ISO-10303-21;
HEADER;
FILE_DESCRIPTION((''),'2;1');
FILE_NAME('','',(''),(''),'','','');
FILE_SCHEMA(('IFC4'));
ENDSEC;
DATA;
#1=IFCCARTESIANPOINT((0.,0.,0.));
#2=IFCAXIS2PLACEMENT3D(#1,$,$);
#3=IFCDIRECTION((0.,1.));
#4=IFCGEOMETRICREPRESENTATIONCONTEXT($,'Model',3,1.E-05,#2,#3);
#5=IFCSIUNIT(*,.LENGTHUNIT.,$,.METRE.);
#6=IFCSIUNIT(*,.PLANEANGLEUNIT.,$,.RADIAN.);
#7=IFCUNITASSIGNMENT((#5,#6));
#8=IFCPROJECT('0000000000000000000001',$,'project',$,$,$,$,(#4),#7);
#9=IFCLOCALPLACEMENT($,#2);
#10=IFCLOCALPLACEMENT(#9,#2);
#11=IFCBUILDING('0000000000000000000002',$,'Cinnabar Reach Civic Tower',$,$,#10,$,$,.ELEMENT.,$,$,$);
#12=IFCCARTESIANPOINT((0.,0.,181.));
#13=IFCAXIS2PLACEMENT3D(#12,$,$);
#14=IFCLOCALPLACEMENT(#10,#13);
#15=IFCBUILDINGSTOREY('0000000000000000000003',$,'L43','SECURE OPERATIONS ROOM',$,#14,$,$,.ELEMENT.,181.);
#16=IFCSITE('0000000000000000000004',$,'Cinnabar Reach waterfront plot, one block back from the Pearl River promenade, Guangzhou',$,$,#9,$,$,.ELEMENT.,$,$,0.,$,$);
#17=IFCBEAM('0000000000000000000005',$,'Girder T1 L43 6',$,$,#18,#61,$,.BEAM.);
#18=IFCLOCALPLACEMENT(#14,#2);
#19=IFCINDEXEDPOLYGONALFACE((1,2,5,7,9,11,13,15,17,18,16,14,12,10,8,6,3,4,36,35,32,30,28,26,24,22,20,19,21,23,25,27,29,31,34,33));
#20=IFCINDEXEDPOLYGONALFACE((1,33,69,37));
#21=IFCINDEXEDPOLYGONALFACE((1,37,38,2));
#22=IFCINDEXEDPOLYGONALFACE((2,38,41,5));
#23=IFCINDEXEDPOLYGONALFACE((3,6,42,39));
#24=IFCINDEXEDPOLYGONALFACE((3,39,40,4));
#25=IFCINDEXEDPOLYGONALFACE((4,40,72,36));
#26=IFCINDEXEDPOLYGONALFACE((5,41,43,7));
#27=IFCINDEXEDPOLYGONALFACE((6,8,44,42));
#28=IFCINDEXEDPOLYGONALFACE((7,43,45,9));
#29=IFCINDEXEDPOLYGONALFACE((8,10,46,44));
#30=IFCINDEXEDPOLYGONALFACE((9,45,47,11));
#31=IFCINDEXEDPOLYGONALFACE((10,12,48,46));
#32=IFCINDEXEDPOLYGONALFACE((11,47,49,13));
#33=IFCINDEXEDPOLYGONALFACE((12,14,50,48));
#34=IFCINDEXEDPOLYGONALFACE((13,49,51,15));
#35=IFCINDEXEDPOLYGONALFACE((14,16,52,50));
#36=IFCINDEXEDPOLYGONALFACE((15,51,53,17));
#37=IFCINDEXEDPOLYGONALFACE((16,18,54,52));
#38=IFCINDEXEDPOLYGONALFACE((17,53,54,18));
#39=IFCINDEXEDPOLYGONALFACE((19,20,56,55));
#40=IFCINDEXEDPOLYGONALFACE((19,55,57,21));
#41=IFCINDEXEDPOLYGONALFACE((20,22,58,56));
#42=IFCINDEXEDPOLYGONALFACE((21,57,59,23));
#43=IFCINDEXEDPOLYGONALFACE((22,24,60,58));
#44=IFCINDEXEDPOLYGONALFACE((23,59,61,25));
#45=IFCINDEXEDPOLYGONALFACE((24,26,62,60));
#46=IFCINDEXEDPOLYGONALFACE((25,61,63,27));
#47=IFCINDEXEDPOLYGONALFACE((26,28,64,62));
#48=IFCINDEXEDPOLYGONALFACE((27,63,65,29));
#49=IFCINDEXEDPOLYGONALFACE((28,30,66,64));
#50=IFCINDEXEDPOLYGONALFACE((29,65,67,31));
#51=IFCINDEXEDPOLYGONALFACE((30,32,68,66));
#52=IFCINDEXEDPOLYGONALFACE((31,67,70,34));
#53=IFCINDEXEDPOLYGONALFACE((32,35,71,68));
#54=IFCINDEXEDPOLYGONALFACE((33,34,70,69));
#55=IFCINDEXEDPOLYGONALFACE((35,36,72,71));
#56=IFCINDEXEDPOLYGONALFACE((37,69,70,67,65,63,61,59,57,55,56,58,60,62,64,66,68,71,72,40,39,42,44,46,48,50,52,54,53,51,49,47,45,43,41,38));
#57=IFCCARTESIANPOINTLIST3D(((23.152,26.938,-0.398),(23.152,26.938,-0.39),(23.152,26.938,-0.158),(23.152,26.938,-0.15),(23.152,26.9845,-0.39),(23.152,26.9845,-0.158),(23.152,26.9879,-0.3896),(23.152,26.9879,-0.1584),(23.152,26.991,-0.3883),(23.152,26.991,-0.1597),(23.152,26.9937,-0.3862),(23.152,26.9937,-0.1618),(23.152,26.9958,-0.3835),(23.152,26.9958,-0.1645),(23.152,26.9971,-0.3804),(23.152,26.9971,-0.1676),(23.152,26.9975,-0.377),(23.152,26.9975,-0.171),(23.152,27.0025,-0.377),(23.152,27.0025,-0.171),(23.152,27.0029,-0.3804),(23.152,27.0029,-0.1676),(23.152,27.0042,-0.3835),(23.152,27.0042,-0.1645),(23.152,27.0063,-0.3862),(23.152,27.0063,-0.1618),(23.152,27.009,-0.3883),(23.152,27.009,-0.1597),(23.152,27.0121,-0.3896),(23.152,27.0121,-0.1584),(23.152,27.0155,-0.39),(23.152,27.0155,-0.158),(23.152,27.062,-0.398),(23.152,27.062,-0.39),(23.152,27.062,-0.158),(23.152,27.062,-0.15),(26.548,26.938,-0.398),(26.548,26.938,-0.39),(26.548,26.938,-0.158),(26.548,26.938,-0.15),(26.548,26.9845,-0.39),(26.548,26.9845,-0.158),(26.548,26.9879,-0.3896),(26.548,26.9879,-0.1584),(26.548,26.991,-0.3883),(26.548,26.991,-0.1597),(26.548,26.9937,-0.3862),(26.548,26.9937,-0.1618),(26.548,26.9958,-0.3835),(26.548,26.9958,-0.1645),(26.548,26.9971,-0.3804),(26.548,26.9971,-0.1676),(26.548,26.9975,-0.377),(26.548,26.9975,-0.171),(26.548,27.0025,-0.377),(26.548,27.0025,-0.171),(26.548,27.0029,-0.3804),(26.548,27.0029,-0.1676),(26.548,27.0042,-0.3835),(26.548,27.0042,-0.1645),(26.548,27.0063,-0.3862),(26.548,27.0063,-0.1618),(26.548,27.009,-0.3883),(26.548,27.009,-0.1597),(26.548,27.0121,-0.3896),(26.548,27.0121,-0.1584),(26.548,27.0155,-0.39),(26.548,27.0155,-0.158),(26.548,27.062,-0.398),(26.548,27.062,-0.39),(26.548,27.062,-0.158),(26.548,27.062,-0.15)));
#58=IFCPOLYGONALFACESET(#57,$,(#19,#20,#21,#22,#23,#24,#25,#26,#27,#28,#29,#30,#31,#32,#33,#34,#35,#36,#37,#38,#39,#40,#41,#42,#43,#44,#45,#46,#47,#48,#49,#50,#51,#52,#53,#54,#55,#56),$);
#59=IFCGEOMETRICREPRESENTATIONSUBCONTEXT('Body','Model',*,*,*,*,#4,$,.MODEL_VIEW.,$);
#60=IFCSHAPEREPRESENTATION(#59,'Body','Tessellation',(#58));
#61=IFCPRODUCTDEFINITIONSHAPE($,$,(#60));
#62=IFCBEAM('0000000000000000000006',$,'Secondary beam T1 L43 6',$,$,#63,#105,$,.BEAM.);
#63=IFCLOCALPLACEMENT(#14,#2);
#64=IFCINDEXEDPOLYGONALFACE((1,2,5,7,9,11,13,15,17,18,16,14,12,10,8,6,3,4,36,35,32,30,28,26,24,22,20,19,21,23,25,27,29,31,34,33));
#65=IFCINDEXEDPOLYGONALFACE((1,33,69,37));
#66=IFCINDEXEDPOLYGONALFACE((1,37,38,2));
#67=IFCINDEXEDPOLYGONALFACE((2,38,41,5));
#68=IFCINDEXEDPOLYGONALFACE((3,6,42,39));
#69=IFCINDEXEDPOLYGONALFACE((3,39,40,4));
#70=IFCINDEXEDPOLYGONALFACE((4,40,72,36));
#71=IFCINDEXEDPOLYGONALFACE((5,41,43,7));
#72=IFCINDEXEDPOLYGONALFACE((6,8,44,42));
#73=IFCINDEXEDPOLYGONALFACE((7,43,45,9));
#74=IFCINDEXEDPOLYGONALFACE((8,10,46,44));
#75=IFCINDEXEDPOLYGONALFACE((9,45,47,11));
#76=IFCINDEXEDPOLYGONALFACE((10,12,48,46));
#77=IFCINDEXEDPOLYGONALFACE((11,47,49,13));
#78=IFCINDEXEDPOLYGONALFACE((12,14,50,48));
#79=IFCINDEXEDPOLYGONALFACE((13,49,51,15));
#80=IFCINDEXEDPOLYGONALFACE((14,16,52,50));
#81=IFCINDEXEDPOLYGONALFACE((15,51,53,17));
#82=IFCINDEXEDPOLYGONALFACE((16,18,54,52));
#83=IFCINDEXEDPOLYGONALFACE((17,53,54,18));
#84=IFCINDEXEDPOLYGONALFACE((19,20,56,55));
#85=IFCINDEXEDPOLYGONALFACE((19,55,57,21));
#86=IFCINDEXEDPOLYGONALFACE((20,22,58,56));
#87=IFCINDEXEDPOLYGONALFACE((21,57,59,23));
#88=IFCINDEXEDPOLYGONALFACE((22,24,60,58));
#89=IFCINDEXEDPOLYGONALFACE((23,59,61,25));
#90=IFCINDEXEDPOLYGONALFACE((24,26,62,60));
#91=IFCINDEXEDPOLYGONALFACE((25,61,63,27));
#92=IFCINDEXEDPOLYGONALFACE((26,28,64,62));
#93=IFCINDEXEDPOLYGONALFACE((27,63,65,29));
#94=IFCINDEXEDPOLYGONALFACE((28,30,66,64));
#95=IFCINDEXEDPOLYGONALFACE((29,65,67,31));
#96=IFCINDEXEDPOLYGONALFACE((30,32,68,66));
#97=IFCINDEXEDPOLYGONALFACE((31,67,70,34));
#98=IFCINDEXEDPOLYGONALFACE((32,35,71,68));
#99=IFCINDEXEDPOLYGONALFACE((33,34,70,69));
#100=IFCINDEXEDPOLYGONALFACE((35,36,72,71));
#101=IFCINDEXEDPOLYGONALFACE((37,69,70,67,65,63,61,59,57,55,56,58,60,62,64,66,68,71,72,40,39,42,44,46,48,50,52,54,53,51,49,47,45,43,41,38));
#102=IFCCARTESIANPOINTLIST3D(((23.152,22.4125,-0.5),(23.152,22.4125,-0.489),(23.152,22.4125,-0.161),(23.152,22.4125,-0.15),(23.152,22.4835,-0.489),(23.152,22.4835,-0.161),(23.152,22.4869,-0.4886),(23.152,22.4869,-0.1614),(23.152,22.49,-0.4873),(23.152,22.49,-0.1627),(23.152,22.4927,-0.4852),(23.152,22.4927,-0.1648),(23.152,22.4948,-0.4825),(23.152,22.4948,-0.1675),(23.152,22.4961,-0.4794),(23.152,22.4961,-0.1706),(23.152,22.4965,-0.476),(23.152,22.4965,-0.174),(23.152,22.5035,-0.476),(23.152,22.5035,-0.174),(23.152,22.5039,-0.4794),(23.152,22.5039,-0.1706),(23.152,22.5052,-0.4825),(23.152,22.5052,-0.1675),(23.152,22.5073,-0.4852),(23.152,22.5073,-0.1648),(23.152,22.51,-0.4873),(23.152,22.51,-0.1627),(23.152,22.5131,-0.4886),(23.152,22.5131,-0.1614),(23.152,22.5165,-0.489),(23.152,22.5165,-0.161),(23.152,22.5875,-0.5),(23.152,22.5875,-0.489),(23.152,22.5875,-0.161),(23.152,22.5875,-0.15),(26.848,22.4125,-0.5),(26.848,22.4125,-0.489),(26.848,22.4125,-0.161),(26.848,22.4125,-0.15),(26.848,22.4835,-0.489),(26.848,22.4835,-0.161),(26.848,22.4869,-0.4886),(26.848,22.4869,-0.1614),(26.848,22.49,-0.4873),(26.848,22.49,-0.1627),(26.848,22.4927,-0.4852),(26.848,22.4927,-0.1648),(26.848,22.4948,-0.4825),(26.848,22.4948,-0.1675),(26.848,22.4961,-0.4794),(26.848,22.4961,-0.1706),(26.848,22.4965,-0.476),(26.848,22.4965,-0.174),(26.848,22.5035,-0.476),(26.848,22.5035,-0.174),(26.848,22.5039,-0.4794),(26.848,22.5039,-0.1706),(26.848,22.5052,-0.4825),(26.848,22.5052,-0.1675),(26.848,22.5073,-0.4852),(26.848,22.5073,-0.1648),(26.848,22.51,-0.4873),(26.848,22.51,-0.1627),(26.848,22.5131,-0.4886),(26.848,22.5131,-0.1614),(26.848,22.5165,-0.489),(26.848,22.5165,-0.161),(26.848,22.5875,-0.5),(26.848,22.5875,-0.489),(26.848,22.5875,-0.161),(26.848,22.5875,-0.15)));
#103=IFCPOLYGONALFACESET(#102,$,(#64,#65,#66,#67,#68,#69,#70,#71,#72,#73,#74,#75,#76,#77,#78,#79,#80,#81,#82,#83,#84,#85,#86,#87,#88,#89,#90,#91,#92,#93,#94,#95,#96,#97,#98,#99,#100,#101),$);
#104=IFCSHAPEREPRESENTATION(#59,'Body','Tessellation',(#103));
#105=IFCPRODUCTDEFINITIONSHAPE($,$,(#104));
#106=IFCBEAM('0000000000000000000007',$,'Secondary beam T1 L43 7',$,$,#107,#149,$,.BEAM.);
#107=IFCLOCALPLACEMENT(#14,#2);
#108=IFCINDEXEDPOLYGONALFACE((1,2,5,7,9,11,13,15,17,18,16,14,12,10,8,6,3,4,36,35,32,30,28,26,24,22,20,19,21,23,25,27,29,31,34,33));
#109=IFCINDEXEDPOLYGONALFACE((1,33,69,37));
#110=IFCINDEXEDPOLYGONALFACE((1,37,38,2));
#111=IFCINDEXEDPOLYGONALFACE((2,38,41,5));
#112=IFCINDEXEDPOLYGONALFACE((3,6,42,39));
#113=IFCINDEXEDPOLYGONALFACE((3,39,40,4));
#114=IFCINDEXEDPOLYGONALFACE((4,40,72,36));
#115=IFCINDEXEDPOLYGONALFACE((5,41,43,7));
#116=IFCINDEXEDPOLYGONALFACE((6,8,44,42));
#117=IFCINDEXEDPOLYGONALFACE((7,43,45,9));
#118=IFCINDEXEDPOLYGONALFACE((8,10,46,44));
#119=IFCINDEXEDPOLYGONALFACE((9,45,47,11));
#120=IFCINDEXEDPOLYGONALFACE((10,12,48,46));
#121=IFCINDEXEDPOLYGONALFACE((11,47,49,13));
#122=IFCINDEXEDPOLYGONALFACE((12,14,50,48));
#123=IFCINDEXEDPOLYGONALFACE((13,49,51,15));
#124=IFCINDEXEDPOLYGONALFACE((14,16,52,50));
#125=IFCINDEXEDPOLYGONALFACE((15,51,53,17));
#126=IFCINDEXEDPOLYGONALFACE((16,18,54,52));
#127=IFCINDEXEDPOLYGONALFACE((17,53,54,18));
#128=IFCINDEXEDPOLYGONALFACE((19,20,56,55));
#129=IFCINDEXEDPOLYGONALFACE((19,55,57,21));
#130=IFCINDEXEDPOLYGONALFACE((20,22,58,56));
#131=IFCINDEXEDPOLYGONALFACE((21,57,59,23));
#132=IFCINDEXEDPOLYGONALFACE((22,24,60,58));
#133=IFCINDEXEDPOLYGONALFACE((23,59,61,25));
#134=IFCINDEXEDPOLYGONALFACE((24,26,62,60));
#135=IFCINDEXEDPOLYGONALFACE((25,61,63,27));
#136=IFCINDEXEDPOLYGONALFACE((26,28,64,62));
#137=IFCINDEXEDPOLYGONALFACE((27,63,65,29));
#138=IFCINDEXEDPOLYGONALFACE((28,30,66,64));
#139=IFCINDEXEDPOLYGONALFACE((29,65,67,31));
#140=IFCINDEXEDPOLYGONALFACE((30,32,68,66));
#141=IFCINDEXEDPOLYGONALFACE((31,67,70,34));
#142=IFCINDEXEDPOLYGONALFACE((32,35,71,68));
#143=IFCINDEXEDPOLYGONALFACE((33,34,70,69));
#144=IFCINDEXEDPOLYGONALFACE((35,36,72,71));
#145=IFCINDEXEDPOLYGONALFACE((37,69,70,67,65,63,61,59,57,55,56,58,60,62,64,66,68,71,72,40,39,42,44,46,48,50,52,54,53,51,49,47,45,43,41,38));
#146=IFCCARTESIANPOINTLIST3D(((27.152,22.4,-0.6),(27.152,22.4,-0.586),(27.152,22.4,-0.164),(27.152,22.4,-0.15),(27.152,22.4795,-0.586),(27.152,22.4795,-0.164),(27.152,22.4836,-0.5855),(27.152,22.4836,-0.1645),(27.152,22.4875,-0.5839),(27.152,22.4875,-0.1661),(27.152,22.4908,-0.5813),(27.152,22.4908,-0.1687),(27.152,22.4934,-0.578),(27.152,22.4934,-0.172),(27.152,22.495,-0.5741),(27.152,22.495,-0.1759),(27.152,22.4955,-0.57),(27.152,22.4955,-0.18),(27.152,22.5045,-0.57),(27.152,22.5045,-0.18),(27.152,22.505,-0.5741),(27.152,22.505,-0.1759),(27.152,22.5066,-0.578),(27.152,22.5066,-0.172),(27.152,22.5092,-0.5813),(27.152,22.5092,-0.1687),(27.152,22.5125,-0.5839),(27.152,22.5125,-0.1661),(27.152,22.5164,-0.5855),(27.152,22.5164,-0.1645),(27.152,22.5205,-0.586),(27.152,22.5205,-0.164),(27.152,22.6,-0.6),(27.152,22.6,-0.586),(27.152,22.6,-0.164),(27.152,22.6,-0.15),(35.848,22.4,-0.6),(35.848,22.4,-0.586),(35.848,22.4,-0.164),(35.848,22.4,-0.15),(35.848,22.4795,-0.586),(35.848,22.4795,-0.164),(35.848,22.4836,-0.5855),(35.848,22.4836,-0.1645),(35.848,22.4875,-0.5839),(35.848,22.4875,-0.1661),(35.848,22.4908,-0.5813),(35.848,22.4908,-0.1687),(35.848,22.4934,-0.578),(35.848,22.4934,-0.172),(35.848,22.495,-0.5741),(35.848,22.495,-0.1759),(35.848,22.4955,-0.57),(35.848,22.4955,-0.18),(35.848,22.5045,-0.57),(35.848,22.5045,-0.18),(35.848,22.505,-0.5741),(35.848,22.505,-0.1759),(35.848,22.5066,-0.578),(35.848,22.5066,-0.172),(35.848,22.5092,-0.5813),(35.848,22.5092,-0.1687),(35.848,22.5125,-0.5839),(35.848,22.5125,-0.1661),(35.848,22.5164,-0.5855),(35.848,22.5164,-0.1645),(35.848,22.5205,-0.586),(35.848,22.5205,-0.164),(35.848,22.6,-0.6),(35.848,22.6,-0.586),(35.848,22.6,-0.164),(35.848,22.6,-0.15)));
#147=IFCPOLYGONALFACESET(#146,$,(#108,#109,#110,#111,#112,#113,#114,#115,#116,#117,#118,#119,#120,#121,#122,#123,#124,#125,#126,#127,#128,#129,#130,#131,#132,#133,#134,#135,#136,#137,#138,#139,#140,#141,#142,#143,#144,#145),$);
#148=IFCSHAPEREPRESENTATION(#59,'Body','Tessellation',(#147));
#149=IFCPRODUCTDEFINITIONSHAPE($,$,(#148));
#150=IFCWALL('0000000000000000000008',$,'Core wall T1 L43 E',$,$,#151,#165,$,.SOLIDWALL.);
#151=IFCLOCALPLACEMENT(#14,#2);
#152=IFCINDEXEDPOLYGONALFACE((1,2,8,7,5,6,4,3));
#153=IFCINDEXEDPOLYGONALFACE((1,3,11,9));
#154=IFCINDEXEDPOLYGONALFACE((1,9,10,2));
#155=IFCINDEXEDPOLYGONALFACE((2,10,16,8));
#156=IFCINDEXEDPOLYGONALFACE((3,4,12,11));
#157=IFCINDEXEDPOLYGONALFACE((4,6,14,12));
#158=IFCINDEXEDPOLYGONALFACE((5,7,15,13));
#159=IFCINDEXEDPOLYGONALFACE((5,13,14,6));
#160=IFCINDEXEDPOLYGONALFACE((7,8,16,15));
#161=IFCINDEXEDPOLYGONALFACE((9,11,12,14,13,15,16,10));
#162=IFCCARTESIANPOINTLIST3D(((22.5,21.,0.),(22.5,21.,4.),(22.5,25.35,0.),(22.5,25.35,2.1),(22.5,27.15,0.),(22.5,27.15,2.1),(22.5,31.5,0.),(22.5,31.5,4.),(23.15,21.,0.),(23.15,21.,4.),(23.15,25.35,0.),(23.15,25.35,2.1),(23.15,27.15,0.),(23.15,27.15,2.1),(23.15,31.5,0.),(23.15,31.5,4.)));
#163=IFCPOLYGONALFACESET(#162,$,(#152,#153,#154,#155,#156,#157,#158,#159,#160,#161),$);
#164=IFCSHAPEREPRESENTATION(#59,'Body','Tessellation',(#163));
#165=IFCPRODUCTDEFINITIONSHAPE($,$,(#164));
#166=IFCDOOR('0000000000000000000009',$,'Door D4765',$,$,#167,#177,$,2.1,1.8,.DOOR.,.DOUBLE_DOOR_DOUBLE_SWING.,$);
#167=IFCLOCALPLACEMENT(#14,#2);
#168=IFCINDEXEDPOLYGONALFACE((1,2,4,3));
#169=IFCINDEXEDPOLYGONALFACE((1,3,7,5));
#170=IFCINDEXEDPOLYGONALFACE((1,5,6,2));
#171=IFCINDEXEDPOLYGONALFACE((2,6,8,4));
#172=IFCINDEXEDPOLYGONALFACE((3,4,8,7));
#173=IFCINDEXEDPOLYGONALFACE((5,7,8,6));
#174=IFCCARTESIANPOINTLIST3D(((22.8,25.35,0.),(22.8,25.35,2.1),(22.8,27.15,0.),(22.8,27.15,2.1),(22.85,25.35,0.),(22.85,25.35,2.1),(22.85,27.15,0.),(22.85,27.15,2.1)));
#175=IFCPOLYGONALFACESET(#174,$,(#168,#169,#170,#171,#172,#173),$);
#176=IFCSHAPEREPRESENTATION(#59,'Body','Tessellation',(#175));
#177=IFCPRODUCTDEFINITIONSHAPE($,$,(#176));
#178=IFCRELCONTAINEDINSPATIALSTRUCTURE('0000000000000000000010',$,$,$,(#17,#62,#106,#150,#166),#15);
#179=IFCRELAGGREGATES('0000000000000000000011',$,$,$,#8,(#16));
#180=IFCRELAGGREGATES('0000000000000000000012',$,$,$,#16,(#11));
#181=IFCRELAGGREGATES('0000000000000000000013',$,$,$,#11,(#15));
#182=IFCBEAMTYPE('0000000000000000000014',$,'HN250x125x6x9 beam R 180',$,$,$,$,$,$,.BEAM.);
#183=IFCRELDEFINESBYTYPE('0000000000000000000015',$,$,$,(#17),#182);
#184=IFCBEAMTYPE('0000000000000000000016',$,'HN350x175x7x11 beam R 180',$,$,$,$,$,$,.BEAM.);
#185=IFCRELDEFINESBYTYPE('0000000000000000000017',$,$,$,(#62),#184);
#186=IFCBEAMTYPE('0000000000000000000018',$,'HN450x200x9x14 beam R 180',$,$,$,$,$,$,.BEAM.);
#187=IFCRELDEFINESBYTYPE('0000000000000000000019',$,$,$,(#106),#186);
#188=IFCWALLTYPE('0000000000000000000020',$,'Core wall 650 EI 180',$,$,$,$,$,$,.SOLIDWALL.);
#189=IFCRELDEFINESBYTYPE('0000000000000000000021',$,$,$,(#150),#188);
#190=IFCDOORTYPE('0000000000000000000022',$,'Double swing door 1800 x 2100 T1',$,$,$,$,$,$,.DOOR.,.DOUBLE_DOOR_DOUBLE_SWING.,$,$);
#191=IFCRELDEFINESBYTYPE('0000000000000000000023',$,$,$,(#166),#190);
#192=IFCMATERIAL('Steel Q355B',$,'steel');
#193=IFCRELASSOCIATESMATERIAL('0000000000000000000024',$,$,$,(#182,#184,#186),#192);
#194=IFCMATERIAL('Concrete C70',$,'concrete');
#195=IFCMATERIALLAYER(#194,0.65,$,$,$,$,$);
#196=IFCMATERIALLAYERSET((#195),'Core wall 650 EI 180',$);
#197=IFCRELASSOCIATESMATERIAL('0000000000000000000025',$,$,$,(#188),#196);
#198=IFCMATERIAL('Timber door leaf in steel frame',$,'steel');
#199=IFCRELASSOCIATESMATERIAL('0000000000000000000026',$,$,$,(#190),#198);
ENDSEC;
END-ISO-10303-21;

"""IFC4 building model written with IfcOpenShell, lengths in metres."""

from ifc_helpers import new_model, si_unit, direction, frame, frame_2d, origin, origin_2d, place, context, subcontext, project, spatial, rectangle, i_section, extrude, material, layer, layer_set, material_profile, profile_set, type_object, element, fill, save


model = new_model("IFC4")

# Units and contexts
model_context = context("Model", 3, precision=1e-05, world=origin(), true_north=direction((0.0, 1.0)))
body_context = subcontext(model_context, "Body", "Model", "MODEL_VIEW")
ifc_project = project(units=[si_unit("LENGTHUNIT", "METRE"), si_unit("PLANEANGLEUNIT", "RADIAN")], contexts=[model_context])

# Site, building, storey
site_placement = place(None, origin())
site = spatial("IfcSite", under=ifc_project, at=site_placement, Name="Cinnabar Reach waterfront plot, one block back from the Pearl River promenade, Guangzhou", CompositionType="ELEMENT", RefElevation=0.0)
building_placement = place(site_placement, origin())
building = spatial("IfcBuilding", under=site, at=building_placement, Name="Cinnabar Reach Civic Tower", CompositionType="ELEMENT")
storey_placement = place(building_placement, frame((0.0, 0.0, 181.0)))
storey = spatial("IfcBuildingStorey", under=building, at=storey_placement, Name="L43", Description="SECURE OPERATIONS ROOM", CompositionType="ELEMENT", Elevation=181.0)

# Shared definitions
ifc_material_1 = material(Name="Concrete C70", Category="concrete")

# Beams
ifc_material_2 = material(Name="Steel Q355B", Category="steel")
ifc_material_profile_1 = material_profile(ifc_material_2, i_section(OverallWidth=0.124, OverallDepth=0.248, WebThickness=0.005, FlangeThickness=0.008, FilletRadius=0.013, at=origin_2d()), Name="HN250x125x6x9")
ifc_profile_set_1 = profile_set([ifc_material_profile_1], Name="Steel Q355B")
beam_type_1 = type_object("IfcBeamType", Name="HN250x125x6x9 beam R 180", PredefinedType="BEAM", material=ifc_profile_set_1)
beam_1_placement = place(storey_placement, frame((23.152, 27.0, -0.274), z_axis=(1.0, 0.0, 0.0), x_axis=(0.0, 1.0, 0.0)))
element("IfcBeam", 1, at=beam_1_placement, inside=storey, type_object=beam_type_1, Name="Girder T1 L43 6", PredefinedType="BEAM", context=body_context, shape_type="SweptSolid", body=[
    extrude(i_section(OverallWidth=0.124, OverallDepth=0.248, WebThickness=0.005, FlangeThickness=0.008, FilletRadius=0.013, at=origin_2d()), origin(), (0.0, 0.0, 1.0), 3.396),
])
ifc_material_profile_2 = material_profile(ifc_material_2, i_section(OverallWidth=0.175, OverallDepth=0.35, WebThickness=0.007, FlangeThickness=0.011, FilletRadius=0.013, at=origin_2d()), Name="HN350x175x7x11")
ifc_profile_set_2 = profile_set([ifc_material_profile_2], Name="Steel Q355B")
beam_type_2 = type_object("IfcBeamType", Name="HN350x175x7x11 beam R 180", PredefinedType="BEAM", material=ifc_profile_set_2)
beam_2_placement = place(storey_placement, frame((23.152, 22.5, -0.325), z_axis=(1.0, 0.0, 0.0), x_axis=(0.0, 1.0, 0.0)))
element("IfcBeam", 2, at=beam_2_placement, inside=storey, type_object=beam_type_2, Name="Secondary beam T1 L43 6", PredefinedType="BEAM", context=body_context, shape_type="SweptSolid", body=[
    extrude(i_section(OverallWidth=0.175, OverallDepth=0.35, WebThickness=0.007, FlangeThickness=0.011, FilletRadius=0.013, at=origin_2d()), origin(), (0.0, 0.0, 1.0), 3.696),
])
ifc_material_profile_3 = material_profile(ifc_material_2, i_section(OverallWidth=0.2, OverallDepth=0.45, WebThickness=0.009, FlangeThickness=0.014, FilletRadius=0.016, at=origin_2d()), Name="HN450x200x9x14")
ifc_profile_set_3 = profile_set([ifc_material_profile_3], Name="Steel Q355B")
beam_type_3 = type_object("IfcBeamType", Name="HN450x200x9x14 beam R 180", PredefinedType="BEAM", material=ifc_profile_set_3)
beam_3_placement = place(storey_placement, frame((27.152, 22.5, -0.375), z_axis=(1.0, 0.0, 0.0), x_axis=(0.0, 1.0, 0.0)))
element("IfcBeam", 3, at=beam_3_placement, inside=storey, type_object=beam_type_3, Name="Secondary beam T1 L43 7", PredefinedType="BEAM", context=body_context, shape_type="SweptSolid", body=[
    extrude(i_section(OverallWidth=0.2, OverallDepth=0.45, WebThickness=0.009, FlangeThickness=0.014, FilletRadius=0.016, at=origin_2d()), origin(), (0.0, 0.0, 1.0), 8.696),
])

# Wall, opening, door
ifc_layer_1 = layer(ifc_material_1, 0.65)
ifc_layer_set_1 = layer_set([ifc_layer_1], Name="Core wall 650 EI 180")
wall_type_1 = type_object("IfcWallType", Name="Core wall 650 EI 180", PredefinedType="SOLIDWALL", material=ifc_layer_set_1)
wall_1_placement = place(storey_placement, frame((22.825, 21.0, 0.0), z_axis=(0.0, 0.0, 1.0), x_axis=(0.0, 1.0, 0.0)))
wall_1 = element("IfcWall", 4, at=wall_1_placement, inside=storey, type_object=wall_type_1, Name="Core wall T1 L43 E", PredefinedType="SOLIDWALL", context=body_context, shape_type="SweptSolid", body=[
    extrude(rectangle(XDim=10.5, YDim=0.65, at=frame_2d((5.25, 0.0))), origin(), (0.0, 0.0, 1.0), 4.0),
])
opening_1_placement = place(wall_1_placement, frame((4.35, 0.0, 0.0)))
opening_1 = element("IfcOpeningElement", 5, at=opening_1_placement, cuts=wall_1, PredefinedType="OPENING", context=body_context, shape_type="SweptSolid", body=[
    extrude(rectangle(XDim=1.8, YDim=2.1, at=frame_2d((0.9, 1.05))), frame((0.0, 0.335, 0.0), z_axis=(0.0, -1.0, 0.0), x_axis=(1.0, 0.0, 0.0)), (0.0, 0.0, 1.0), 0.67),
])
ifc_material_3 = material(Name="Timber door leaf in steel frame", Category="steel")
door_type_1 = type_object("IfcDoorType", Name="Double swing door 1800 x 2100 T1", OperationType="DOUBLE_DOOR_DOUBLE_SWING", PredefinedType="DOOR", material=ifc_material_3)
door_1_placement = place(opening_1_placement, origin())
door_1 = element("IfcDoor", 6, at=door_1_placement, inside=storey, type_object=door_type_1, Name="Door D4765", OperationType="DOUBLE_DOOR_DOUBLE_SWING", OverallHeight=2.1, OverallWidth=1.8, PredefinedType="DOOR", context=body_context, shape_type="SweptSolid", body=[
    extrude(rectangle(XDim=1.8, YDim=2.1, at=frame_2d((0.9, 1.05))), frame((0.0, 0.025, 0.0), z_axis=(0.0, -1.0, 0.0), x_axis=(1.0, 0.0, 0.0)), (0.0, 0.0, 1.0), 0.05),
])
fill(opening_1, door_1)

save(model, "model.ifc")
